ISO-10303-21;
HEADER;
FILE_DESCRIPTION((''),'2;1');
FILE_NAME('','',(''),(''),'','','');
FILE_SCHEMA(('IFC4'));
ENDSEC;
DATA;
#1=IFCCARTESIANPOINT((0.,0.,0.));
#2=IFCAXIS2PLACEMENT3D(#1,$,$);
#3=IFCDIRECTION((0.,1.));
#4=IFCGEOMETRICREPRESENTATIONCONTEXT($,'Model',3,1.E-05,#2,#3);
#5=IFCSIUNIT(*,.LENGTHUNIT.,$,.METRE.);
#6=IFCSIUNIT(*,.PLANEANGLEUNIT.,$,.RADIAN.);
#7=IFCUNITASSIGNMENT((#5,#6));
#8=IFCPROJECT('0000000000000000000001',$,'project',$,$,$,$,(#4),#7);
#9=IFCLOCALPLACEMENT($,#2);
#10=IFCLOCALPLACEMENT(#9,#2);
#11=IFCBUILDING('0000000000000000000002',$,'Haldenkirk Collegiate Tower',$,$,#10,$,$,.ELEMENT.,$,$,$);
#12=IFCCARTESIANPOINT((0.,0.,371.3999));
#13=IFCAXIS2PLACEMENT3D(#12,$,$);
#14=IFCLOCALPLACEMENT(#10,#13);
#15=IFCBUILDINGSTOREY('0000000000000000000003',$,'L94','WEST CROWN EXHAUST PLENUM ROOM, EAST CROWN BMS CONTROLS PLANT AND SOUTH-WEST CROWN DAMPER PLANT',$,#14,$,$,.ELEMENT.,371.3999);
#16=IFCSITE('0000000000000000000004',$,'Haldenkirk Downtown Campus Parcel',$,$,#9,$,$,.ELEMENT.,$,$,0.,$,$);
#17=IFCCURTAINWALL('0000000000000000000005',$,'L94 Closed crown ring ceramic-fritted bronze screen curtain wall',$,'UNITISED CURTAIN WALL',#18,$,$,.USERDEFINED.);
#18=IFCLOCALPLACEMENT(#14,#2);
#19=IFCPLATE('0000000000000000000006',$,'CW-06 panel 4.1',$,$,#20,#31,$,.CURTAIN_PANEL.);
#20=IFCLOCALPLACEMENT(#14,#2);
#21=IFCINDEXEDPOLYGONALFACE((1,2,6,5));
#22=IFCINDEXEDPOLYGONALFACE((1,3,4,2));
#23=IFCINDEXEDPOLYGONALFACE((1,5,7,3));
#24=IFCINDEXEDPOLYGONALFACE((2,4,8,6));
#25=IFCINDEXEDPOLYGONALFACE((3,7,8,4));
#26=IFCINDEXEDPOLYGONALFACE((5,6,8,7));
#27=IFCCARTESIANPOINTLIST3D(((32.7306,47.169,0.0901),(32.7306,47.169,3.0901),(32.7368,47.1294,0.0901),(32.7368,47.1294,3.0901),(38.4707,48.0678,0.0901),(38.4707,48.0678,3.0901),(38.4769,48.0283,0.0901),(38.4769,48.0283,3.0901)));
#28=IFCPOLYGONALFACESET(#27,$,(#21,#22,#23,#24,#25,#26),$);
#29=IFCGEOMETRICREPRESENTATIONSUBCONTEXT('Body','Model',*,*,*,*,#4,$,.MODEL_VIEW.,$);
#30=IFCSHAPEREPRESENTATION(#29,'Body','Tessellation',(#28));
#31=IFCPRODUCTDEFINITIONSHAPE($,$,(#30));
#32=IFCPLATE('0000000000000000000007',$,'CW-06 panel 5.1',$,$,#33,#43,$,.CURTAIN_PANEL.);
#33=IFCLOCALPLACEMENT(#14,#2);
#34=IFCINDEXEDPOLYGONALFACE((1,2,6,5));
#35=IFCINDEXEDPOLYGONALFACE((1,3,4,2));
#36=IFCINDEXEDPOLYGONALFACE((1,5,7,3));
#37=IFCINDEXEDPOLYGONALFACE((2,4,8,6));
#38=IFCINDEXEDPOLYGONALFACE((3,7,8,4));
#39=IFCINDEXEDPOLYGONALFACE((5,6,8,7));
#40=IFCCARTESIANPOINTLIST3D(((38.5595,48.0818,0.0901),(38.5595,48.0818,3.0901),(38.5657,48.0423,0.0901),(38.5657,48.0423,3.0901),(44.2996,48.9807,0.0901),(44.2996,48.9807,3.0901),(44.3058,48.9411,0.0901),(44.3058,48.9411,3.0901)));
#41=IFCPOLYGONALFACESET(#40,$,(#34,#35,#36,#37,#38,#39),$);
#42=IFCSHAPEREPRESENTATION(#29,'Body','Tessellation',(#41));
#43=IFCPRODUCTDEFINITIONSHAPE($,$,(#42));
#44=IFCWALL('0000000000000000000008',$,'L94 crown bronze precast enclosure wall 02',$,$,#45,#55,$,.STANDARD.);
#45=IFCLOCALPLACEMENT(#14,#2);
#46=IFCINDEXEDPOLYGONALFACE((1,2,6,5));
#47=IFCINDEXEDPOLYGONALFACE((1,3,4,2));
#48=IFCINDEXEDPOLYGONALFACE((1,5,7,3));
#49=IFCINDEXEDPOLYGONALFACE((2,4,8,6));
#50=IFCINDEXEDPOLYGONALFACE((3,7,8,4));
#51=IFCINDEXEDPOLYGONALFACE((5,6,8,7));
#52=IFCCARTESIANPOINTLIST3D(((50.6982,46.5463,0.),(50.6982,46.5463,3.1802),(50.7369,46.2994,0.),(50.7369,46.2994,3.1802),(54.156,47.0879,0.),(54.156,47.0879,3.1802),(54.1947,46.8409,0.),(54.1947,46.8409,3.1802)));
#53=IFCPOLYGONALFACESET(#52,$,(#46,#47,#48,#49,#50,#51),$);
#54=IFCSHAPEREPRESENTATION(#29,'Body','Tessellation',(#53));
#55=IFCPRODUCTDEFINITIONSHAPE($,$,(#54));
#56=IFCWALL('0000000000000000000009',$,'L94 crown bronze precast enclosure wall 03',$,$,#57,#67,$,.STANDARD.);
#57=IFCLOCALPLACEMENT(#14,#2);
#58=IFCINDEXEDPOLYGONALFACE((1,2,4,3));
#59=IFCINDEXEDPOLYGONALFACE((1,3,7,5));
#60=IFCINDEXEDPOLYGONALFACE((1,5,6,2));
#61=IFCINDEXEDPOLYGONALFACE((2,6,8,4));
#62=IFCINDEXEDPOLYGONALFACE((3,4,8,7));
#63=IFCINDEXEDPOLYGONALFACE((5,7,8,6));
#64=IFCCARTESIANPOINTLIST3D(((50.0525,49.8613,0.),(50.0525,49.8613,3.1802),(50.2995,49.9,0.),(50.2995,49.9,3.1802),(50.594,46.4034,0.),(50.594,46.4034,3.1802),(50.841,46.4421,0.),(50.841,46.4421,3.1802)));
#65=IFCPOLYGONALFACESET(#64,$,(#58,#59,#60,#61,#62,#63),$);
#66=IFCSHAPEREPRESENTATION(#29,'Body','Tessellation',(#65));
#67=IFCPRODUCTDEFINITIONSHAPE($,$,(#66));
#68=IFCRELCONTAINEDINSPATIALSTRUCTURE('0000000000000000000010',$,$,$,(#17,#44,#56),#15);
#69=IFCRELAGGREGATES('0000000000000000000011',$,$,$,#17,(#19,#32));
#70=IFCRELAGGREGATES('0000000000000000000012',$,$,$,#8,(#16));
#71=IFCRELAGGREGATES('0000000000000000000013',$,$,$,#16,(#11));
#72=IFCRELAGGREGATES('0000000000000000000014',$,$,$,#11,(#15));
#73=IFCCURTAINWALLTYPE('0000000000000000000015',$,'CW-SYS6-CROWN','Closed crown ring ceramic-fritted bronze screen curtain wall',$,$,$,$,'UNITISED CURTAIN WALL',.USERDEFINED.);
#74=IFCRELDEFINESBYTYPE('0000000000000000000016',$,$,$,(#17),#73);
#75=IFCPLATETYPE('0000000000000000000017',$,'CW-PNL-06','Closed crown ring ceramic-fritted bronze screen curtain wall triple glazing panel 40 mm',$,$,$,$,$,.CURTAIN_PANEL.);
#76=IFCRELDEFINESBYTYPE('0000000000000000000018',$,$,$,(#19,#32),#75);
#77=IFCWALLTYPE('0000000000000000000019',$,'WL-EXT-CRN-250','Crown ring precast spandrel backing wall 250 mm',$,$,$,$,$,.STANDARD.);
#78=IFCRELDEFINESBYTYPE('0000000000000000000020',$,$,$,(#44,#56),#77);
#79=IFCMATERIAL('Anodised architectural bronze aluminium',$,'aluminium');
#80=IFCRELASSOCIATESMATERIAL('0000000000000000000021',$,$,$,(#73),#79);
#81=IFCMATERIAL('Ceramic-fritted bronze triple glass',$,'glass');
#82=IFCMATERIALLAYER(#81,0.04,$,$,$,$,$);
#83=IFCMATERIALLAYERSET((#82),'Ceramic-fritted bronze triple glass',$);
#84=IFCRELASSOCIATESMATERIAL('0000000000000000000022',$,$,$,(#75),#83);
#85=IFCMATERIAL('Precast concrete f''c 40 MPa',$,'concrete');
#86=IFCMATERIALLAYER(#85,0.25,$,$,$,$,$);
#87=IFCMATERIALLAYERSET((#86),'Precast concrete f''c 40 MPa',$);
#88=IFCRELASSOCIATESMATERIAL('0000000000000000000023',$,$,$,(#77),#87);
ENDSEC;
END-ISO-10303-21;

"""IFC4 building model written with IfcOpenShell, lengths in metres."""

from ifc_helpers import new_model, si_unit, direction, frame, frame_2d, origin, origin_2d, place, context, subcontext, project, spatial, rectangle, extrude, source, transform, mapped, material, layer, layer_set, type_object, element, aggregate, save


model = new_model("IFC4")

# Units and contexts
model_context = context("Model", 3, precision=1e-05, world=origin(), true_north=direction((0.0, 1.0)))
body_context = subcontext(model_context, "Body", "Model", "MODEL_VIEW")
ifc_project = project(units=[si_unit("LENGTHUNIT", "METRE"), si_unit("PLANEANGLEUNIT", "RADIAN")], contexts=[model_context])

# Site, building, storey
site_placement = place(None, origin())
site = spatial("IfcSite", under=ifc_project, at=site_placement, Name="Haldenkirk Downtown Campus Parcel", CompositionType="ELEMENT", RefElevation=0.0)
building_placement = place(site_placement, origin())
building = spatial("IfcBuilding", under=site, at=building_placement, Name="Haldenkirk Collegiate Tower", CompositionType="ELEMENT")
storey_placement = place(building_placement, frame((0.0, 0.0, 371.3999)))
storey = spatial("IfcBuildingStorey", under=building, at=storey_placement, Name="L94", Description="WEST CROWN EXHAUST PLENUM ROOM, EAST CROWN BMS CONTROLS PLANT AND SOUTH-WEST CROWN DAMPER PLANT", CompositionType="ELEMENT", Elevation=371.3999)

# Curtain wall
ifc_material_1 = material(Name="Anodised architectural bronze aluminium", Category="aluminium")
curtain_wall_type = type_object("IfcCurtainWallType", Name="CW-SYS6-CROWN", Description="Closed crown ring ceramic-fritted bronze screen curtain wall", ElementType="UNITISED CURTAIN WALL", PredefinedType="USERDEFINED", material=ifc_material_1)
curtain_wall_1_placement = place(storey_placement, origin())
curtain_wall_1 = element("IfcCurtainWall", 1, at=curtain_wall_1_placement, inside=storey, type_object=curtain_wall_type, Name="L94 Closed crown ring ceramic-fritted bronze screen curtain wall", ObjectType="UNITISED CURTAIN WALL", PredefinedType="USERDEFINED")

# Plates
ifc_material_2 = material(Name="Ceramic-fritted bronze triple glass", Category="glass")
ifc_layer_1 = layer(ifc_material_2, 0.04)
ifc_layer_set_1 = layer_set([ifc_layer_1], Name="Ceramic-fritted bronze triple glass")
plate_type_1 = type_object("IfcPlateType", Name="CW-PNL-06", Description="Closed crown ring ceramic-fritted bronze screen curtain wall triple glazing panel 40 mm", PredefinedType="CURTAIN_PANEL", material=ifc_layer_set_1)
shared_shape_1 = source(origin(), body_context, "Body", "SweptSolid", [
    extrude(rectangle(XDim=5.8101, YDim=0.04, at=origin_2d()), origin(), (0.0, 0.0, 1.0), 3.0),
])
plate_1_placement = place(storey_placement, frame((35.6038, 47.5986, 0.0901), z_axis=(0.0, 0.0, 1.0), x_axis=(0.98796, 0.154709, 0.0)))
plate_1 = element("IfcPlate", 2, at=plate_1_placement, type_object=plate_type_1, Name="CW-06 panel 4.1", PredefinedType="CURTAIN_PANEL", context=body_context, shape_type="MappedRepresentation", body=[
    mapped(shared_shape_1, transform((0.0, 0.0, 0.0), x_axis=(1.0, 0.0, 0.0), y_axis=(0.0, 1.0, 0.0), z_axis=(0.0, 0.0, 1.0), scale=1.0)),
])
plate_2_placement = place(storey_placement, frame((41.4326, 48.5115, 0.0901), z_axis=(0.0, 0.0, 1.0), x_axis=(0.98796, 0.154709, 0.0)))
plate_2 = element("IfcPlate", 3, at=plate_2_placement, type_object=plate_type_1, Name="CW-06 panel 5.1", PredefinedType="CURTAIN_PANEL", context=body_context, shape_type="MappedRepresentation", body=[
    mapped(shared_shape_1, transform((0.0, 0.0, 0.0), x_axis=(1.0, 0.0, 0.0), y_axis=(0.0, 1.0, 0.0), z_axis=(0.0, 0.0, 1.0), scale=1.0)),
])
aggregate(curtain_wall_1, [plate_1, plate_2])

# Walls
ifc_material_3 = material(Name="Precast concrete f'c 40 MPa", Category="concrete")
ifc_layer_2 = layer(ifc_material_3, 0.25)
ifc_layer_set_2 = layer_set([ifc_layer_2], Name="Precast concrete f'c 40 MPa")
wall_type = type_object("IfcWallType", Name="WL-EXT-CRN-250", Description="Crown ring precast spandrel backing wall 250 mm", PredefinedType="STANDARD", material=ifc_layer_set_2)
for number, where, z_axis, x_axis, name in (
    (4, (50.7175, 46.4229, 0.0), (0.0, 0.0, 1.0), (0.987958, 0.154719, 0.0), "L94 crown bronze precast enclosure wall 02"),
    (5, (50.176, 49.8806, 0.0), (0.0, 0.0, 1.0), (0.154719, -0.987958, 0.0), "L94 crown bronze precast enclosure wall 03"),
):
    element("IfcWall", number, at=place(storey_placement, frame(where, z_axis=z_axis, x_axis=x_axis)), inside=storey, type_object=wall_type, Name=name, PredefinedType="STANDARD", context=body_context, shape_type="SweptSolid", body=[
        extrude(rectangle(XDim=3.5, YDim=0.25, at=frame_2d((1.75, 0.0))), origin(), (0.0, 0.0, 1.0), 3.1802),
    ])

save(model, "model.ifc")
